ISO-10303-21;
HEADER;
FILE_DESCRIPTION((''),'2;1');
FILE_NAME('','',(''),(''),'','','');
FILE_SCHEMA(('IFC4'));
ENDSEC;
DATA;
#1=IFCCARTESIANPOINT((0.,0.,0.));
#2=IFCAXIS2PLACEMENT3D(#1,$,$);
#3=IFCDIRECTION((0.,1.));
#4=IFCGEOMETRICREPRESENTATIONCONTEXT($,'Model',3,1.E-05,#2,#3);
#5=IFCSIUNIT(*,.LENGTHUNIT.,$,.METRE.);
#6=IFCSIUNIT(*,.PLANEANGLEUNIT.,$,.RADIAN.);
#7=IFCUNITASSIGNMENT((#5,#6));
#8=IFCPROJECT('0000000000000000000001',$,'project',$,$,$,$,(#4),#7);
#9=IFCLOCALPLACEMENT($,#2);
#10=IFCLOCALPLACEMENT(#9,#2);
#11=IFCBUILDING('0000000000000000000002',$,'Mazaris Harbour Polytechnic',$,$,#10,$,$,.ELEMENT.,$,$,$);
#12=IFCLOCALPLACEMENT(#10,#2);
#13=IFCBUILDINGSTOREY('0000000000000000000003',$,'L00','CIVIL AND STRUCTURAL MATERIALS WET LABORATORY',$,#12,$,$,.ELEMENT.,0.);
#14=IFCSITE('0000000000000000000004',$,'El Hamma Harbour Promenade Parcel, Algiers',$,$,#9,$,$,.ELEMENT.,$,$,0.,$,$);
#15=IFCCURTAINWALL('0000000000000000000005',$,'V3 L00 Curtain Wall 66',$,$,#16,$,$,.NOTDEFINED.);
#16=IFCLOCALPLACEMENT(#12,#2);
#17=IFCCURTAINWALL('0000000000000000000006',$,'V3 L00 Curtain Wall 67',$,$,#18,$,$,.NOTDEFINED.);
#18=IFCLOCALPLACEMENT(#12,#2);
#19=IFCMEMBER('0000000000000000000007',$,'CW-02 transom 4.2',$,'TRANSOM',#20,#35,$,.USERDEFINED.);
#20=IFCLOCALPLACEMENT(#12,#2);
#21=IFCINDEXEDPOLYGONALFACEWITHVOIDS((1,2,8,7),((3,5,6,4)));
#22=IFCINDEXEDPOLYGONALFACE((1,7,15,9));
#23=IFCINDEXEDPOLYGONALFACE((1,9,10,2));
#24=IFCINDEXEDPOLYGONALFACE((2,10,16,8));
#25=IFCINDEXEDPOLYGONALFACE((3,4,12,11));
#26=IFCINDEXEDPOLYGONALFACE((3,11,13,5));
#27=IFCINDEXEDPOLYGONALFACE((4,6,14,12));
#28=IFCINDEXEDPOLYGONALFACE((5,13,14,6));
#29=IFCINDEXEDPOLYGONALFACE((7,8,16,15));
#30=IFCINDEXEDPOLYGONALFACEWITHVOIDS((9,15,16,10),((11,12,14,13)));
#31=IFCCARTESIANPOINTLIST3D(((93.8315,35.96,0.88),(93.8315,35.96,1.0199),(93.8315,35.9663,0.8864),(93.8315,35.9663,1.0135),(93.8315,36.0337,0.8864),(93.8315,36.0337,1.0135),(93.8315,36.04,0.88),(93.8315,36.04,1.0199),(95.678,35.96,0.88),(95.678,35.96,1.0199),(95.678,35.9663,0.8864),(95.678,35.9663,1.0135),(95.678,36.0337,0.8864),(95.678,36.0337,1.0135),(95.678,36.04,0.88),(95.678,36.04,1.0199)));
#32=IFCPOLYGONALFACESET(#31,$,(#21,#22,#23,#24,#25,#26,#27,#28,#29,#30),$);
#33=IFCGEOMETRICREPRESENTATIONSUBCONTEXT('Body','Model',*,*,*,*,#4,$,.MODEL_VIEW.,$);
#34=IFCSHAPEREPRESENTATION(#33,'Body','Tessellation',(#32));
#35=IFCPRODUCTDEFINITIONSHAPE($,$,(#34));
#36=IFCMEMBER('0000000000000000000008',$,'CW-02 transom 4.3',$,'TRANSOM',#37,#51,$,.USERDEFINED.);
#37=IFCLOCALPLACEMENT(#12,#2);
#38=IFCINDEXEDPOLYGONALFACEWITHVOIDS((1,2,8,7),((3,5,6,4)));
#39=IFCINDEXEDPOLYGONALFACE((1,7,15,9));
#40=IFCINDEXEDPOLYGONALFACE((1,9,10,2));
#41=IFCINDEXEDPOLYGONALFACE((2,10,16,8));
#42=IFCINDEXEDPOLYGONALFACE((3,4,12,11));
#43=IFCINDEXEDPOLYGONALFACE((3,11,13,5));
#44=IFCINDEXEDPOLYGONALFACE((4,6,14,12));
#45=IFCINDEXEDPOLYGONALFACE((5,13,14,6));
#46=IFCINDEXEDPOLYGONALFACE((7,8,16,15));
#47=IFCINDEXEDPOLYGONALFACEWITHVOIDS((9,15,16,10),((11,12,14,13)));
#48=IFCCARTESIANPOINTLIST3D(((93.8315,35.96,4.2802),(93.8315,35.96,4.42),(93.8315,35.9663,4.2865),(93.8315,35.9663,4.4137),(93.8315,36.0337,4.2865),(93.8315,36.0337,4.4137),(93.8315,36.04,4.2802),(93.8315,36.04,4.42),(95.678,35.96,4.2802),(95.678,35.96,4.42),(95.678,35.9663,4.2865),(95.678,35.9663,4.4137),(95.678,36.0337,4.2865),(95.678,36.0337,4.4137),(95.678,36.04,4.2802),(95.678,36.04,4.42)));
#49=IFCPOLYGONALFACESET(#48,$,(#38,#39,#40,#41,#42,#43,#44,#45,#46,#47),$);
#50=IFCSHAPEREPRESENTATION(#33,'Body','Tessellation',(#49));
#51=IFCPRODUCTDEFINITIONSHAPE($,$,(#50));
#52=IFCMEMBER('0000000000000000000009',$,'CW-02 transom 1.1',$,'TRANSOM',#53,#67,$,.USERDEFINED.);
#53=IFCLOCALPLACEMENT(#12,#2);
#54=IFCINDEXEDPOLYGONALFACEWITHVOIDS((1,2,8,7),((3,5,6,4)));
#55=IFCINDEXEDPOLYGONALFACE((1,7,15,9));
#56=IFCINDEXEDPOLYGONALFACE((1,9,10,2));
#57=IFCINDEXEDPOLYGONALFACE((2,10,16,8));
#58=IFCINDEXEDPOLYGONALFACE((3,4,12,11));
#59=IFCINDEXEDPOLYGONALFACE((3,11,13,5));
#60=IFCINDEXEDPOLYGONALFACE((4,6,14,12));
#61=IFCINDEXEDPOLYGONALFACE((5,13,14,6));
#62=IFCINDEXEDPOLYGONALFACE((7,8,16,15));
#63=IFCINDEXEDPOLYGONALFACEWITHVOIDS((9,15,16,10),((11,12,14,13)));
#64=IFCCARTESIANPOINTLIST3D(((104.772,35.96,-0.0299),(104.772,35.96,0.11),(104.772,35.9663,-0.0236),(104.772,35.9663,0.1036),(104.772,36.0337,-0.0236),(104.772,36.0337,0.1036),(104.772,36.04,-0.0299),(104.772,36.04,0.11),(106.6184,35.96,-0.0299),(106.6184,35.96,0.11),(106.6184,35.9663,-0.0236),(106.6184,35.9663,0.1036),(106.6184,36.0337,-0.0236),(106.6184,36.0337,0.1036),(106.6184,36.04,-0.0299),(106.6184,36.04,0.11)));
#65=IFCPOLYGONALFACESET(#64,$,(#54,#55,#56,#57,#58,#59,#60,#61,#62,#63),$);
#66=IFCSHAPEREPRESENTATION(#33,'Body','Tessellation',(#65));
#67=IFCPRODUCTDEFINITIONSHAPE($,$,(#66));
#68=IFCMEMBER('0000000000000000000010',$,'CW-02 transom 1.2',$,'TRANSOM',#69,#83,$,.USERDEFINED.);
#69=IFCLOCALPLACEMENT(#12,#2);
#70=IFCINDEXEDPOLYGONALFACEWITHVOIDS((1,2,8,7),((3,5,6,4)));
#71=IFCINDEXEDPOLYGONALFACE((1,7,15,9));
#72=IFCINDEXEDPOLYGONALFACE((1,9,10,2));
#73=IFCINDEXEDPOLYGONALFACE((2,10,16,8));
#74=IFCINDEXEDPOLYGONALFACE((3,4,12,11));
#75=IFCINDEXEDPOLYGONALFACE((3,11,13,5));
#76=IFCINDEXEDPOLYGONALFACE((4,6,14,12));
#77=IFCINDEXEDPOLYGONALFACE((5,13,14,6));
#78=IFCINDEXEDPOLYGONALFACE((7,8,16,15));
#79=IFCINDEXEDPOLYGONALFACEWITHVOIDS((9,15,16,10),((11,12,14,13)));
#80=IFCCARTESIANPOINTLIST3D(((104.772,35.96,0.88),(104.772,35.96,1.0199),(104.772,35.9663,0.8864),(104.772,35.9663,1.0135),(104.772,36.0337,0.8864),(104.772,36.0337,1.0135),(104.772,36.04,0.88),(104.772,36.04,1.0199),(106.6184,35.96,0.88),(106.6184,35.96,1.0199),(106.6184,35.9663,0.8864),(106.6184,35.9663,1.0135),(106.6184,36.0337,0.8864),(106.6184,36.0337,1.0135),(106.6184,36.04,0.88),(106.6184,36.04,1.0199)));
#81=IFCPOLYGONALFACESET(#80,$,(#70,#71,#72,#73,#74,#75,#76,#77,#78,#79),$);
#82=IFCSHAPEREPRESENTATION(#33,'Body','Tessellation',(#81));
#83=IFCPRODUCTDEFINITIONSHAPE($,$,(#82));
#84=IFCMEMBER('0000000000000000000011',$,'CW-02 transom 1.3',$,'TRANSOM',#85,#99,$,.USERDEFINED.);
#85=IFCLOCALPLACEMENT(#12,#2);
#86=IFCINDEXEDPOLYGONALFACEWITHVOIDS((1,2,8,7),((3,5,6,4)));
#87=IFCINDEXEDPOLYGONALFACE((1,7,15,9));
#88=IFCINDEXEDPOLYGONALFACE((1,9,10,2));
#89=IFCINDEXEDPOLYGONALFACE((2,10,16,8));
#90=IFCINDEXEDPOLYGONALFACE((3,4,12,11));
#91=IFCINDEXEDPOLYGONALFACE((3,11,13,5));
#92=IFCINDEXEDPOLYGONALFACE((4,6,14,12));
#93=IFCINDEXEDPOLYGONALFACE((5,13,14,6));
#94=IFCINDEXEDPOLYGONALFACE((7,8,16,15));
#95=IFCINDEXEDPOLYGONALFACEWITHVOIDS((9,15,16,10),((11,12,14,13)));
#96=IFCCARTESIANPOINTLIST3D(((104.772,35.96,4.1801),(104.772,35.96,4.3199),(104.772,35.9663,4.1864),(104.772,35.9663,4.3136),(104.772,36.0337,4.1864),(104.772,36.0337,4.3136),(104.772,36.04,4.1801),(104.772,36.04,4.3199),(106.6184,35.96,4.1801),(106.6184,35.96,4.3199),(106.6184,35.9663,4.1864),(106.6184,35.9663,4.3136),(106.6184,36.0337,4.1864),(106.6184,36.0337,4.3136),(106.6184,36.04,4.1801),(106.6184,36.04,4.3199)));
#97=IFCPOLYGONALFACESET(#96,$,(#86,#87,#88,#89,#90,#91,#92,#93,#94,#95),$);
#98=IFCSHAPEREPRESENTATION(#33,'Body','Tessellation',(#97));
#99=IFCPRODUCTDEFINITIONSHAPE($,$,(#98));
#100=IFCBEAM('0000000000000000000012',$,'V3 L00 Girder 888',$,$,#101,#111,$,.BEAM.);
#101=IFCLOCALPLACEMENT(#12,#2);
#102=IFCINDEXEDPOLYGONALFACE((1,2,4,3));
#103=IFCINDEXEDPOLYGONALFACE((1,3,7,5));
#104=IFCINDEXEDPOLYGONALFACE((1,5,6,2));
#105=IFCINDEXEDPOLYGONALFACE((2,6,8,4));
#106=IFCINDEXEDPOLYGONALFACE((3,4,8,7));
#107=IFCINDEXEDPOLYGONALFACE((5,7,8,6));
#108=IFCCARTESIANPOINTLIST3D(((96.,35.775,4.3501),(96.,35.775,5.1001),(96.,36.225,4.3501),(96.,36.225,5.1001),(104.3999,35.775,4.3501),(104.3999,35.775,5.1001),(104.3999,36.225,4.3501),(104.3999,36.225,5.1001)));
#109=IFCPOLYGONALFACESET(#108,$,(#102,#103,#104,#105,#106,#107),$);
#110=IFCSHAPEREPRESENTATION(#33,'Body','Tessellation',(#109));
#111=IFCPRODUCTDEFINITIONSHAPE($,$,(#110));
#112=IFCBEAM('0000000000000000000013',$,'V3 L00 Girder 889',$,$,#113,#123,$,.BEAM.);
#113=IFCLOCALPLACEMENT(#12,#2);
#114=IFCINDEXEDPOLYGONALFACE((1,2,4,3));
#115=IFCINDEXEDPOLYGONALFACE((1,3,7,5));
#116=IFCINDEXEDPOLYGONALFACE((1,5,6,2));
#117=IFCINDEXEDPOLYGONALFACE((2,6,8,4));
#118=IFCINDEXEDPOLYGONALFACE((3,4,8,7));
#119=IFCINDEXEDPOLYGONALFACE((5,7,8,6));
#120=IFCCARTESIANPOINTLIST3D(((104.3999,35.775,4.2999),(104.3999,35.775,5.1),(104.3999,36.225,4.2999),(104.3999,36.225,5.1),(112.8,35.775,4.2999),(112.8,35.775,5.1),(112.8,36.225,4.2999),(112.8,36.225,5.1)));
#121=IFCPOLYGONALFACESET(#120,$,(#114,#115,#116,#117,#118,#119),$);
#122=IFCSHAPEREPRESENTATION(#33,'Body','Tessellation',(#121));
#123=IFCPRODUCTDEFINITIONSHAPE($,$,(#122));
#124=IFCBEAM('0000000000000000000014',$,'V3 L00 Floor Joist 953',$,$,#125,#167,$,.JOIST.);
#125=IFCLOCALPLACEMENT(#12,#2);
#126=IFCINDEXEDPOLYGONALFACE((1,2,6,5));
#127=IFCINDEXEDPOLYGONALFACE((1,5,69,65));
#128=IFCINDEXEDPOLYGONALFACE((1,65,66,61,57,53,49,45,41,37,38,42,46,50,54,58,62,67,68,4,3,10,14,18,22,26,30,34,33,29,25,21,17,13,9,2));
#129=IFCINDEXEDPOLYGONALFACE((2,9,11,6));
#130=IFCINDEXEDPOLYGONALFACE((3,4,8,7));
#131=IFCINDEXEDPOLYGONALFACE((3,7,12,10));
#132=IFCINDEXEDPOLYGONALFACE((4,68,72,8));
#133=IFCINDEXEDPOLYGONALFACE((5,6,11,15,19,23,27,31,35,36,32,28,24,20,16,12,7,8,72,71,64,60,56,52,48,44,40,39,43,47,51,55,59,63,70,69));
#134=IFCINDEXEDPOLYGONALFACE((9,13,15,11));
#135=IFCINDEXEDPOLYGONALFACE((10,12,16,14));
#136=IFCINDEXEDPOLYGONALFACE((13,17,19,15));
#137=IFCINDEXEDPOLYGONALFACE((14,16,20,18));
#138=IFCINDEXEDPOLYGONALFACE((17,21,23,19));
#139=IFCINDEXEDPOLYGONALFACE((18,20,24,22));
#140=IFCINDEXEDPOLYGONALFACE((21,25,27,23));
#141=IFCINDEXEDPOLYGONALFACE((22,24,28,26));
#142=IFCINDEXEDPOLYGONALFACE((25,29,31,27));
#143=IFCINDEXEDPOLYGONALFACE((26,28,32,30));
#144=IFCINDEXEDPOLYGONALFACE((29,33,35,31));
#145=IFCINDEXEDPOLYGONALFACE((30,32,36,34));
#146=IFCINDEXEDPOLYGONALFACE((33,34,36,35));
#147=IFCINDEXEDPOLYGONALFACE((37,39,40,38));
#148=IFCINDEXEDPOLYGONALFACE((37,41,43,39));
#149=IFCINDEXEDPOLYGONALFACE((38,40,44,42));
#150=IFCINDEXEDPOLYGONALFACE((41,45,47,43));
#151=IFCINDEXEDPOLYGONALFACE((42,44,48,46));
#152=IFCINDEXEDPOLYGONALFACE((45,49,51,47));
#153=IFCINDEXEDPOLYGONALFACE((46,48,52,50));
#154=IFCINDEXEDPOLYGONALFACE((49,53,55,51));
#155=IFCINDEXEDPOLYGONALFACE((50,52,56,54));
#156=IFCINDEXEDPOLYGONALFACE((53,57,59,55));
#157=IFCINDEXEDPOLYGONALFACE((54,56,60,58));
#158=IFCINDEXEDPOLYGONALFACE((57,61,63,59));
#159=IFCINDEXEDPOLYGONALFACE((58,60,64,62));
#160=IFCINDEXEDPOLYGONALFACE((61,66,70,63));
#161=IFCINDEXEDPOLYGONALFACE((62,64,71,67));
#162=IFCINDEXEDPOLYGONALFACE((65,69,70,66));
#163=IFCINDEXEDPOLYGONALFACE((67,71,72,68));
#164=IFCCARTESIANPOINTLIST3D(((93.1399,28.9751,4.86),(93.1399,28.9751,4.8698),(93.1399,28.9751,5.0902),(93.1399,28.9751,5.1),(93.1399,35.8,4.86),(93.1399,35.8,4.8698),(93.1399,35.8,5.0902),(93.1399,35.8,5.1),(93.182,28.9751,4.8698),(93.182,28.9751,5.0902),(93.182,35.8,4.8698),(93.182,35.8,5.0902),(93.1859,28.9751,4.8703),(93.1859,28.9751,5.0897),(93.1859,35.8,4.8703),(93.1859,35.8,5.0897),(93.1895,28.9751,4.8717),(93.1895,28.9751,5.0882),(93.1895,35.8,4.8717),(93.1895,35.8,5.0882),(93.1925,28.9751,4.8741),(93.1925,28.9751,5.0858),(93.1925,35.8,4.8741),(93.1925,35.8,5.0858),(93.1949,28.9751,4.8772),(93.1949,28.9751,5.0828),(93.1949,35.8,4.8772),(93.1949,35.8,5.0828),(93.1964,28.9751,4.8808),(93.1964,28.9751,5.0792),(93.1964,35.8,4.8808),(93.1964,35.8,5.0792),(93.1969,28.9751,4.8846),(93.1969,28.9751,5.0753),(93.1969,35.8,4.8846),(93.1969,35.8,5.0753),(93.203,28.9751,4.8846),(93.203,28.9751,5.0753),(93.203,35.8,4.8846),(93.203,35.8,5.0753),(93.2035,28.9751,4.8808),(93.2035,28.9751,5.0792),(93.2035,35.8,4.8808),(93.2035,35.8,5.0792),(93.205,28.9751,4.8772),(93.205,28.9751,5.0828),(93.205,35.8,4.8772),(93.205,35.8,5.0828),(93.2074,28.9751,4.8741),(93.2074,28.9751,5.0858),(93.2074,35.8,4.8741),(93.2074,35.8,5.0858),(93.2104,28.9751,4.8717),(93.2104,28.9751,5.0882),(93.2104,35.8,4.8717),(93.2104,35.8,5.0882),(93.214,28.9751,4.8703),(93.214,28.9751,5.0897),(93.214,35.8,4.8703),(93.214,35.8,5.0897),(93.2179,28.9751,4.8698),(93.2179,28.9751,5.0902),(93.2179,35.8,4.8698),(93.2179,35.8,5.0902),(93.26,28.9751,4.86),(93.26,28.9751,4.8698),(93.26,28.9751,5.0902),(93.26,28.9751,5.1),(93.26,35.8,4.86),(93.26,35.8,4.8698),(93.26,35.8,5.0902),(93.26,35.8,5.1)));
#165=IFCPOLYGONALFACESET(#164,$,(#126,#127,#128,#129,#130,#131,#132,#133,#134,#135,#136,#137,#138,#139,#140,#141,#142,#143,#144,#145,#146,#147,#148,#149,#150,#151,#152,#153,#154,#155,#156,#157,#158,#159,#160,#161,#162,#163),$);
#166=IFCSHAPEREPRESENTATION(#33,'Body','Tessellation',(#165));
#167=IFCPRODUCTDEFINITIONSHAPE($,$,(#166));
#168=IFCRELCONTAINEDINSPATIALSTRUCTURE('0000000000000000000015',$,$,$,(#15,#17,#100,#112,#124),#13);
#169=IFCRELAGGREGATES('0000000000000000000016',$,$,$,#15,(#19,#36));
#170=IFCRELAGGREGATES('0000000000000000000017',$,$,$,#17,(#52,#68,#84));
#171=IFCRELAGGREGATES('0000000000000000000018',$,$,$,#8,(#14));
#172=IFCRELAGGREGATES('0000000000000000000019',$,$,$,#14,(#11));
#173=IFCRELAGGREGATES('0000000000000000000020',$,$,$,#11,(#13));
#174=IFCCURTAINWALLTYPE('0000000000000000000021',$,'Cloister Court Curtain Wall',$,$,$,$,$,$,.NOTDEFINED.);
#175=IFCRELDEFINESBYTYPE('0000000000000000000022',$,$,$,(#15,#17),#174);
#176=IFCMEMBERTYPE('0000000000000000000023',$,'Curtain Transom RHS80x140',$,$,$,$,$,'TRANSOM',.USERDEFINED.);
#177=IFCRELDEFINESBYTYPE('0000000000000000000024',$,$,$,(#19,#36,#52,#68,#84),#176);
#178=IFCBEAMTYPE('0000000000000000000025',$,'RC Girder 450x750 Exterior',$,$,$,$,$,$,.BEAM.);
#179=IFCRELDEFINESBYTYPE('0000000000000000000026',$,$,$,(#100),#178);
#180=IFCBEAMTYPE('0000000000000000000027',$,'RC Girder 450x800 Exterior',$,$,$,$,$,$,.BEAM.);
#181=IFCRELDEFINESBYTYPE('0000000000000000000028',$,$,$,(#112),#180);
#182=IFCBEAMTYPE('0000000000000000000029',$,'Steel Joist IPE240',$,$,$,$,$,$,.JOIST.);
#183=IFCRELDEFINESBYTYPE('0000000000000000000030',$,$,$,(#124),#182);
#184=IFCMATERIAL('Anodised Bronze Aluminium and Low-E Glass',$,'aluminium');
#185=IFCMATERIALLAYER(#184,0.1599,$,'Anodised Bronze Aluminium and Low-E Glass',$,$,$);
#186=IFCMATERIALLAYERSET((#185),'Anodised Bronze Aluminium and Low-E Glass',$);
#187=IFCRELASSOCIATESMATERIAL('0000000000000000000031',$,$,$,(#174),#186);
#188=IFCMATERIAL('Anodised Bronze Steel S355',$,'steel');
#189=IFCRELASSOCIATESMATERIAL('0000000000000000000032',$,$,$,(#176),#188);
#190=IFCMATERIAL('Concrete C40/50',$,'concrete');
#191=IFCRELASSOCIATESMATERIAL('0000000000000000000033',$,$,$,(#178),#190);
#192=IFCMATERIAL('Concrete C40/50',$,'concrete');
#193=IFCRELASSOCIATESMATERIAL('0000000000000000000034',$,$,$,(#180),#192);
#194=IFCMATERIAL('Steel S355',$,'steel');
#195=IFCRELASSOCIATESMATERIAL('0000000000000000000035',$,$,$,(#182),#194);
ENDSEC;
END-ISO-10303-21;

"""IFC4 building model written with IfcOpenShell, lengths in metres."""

from ifc_helpers import new_model, si_unit, direction, frame, origin, origin_2d, place, context, subcontext, project, spatial, rectangle, hollow_rectangle, i_section, extrude, material, layer, layer_set, material_profile, profile_set, type_object, element, aggregate, save


model = new_model("IFC4")

# Units and contexts
model_context = context("Model", 3, precision=1e-05, world=origin(), true_north=direction((0.0, 1.0)))
body_context = subcontext(model_context, "Body", "Model", "MODEL_VIEW")
ifc_project = project(units=[si_unit("LENGTHUNIT", "METRE"), si_unit("PLANEANGLEUNIT", "RADIAN")], contexts=[model_context])

# Site, building, storey
site_placement = place(None, origin())
site = spatial("IfcSite", under=ifc_project, at=site_placement, Name="El Hamma Harbour Promenade Parcel, Algiers", CompositionType="ELEMENT", RefElevation=0.0)
building_placement = place(site_placement, origin())
building = spatial("IfcBuilding", under=site, at=building_placement, Name="Mazaris Harbour Polytechnic", CompositionType="ELEMENT")
storey_placement = place(building_placement, origin())
storey = spatial("IfcBuildingStorey", under=building, at=storey_placement, Name="L00", Description="CIVIL AND STRUCTURAL MATERIALS WET LABORATORY", CompositionType="ELEMENT", Elevation=0.0)

# Curtain walls
ifc_material_1 = material(Name="Anodised Bronze Aluminium and Low-E Glass", Category="aluminium")
ifc_layer_1 = layer(ifc_material_1, 0.1599, Name="Anodised Bronze Aluminium and Low-E Glass")
ifc_layer_set_1 = layer_set([ifc_layer_1], Name="Anodised Bronze Aluminium and Low-E Glass")
curtain_wall_type = type_object("IfcCurtainWallType", Name="Cloister Court Curtain Wall", PredefinedType="NOTDEFINED", material=ifc_layer_set_1)
curtain_wall_1_placement = place(storey_placement, origin())
curtain_wall_1 = element("IfcCurtainWall", 1, at=curtain_wall_1_placement, inside=storey, type_object=curtain_wall_type, Name="V3 L00 Curtain Wall 66", PredefinedType="NOTDEFINED")
curtain_wall_2_placement = place(storey_placement, origin())
curtain_wall_2 = element("IfcCurtainWall", 2, at=curtain_wall_2_placement, inside=storey, type_object=curtain_wall_type, Name="V3 L00 Curtain Wall 67", PredefinedType="NOTDEFINED")

# Members
ifc_material_2 = material(Name="Anodised Bronze Steel S355", Category="steel")
ifc_material_profile_1 = material_profile(ifc_material_2, hollow_rectangle(XDim=0.0801, YDim=0.1399, WallThickness=0.0063, at=origin_2d()), Name="RHS 80x140x6.3")
ifc_profile_set_1 = profile_set([ifc_material_profile_1], Name="Anodised Bronze Steel S355")
member_type_1 = type_object("IfcMemberType", Name="Curtain Transom RHS80x140", ElementType="TRANSOM", PredefinedType="USERDEFINED", material=ifc_profile_set_1)
member_1_placement = place(storey_placement, frame((93.8315, 36.0, 0.95), z_axis=(1.0, 0.0, 0.0), x_axis=(0.0, 1.0, 0.0)))
member_1 = element("IfcMember", 3, at=member_1_placement, type_object=member_type_1, Name="CW-02 transom 4.2", ObjectType="TRANSOM", PredefinedType="USERDEFINED", context=body_context, shape_type="SweptSolid", body=[
    extrude(hollow_rectangle(XDim=0.0801, YDim=0.1399, WallThickness=0.0063, at=origin_2d()), origin(), (0.0, 0.0, 1.0), 1.8464),
])
member_2_placement = place(storey_placement, frame((93.8315, 36.0, 4.3501), z_axis=(1.0, 0.0, 0.0), x_axis=(0.0, 1.0, 0.0)))
member_2 = element("IfcMember", 4, at=member_2_placement, type_object=member_type_1, Name="CW-02 transom 4.3", ObjectType="TRANSOM", PredefinedType="USERDEFINED", context=body_context, shape_type="SweptSolid", body=[
    extrude(hollow_rectangle(XDim=0.0801, YDim=0.1399, WallThickness=0.0063, at=origin_2d()), origin(), (0.0, 0.0, 1.0), 1.8464),
])
member_3_placement = place(storey_placement, frame((104.772, 36.0, 0.04), z_axis=(1.0, 0.0, 0.0), x_axis=(0.0, 1.0, 0.0)))
member_3 = element("IfcMember", 5, at=member_3_placement, type_object=member_type_1, Name="CW-02 transom 1.1", ObjectType="TRANSOM", PredefinedType="USERDEFINED", context=body_context, shape_type="SweptSolid", body=[
    extrude(hollow_rectangle(XDim=0.0801, YDim=0.1399, WallThickness=0.0063, at=origin_2d()), origin(), (0.0, 0.0, 1.0), 1.8464),
])
member_4_placement = place(storey_placement, frame((104.772, 36.0, 0.95), z_axis=(1.0, 0.0, 0.0), x_axis=(0.0, 1.0, 0.0)))
member_4 = element("IfcMember", 6, at=member_4_placement, type_object=member_type_1, Name="CW-02 transom 1.2", ObjectType="TRANSOM", PredefinedType="USERDEFINED", context=body_context, shape_type="SweptSolid", body=[
    extrude(hollow_rectangle(XDim=0.0801, YDim=0.1399, WallThickness=0.0063, at=origin_2d()), origin(), (0.0, 0.0, 1.0), 1.8464),
])
member_5_placement = place(storey_placement, frame((104.772, 36.0, 4.25), z_axis=(1.0, 0.0, 0.0), x_axis=(0.0, 1.0, 0.0)))
member_5 = element("IfcMember", 7, at=member_5_placement, type_object=member_type_1, Name="CW-02 transom 1.3", ObjectType="TRANSOM", PredefinedType="USERDEFINED", context=body_context, shape_type="SweptSolid", body=[
    extrude(hollow_rectangle(XDim=0.0801, YDim=0.1399, WallThickness=0.0063, at=origin_2d()), origin(), (0.0, 0.0, 1.0), 1.8464),
])

# Beams
ifc_material_3 = material(Name="Concrete C40/50", Category="concrete")
ifc_material_profile_2 = material_profile(ifc_material_3, rectangle(XDim=0.45, YDim=0.75, at=origin_2d()), Name="RECT450x750")
ifc_profile_set_2 = profile_set([ifc_material_profile_2], Name="Concrete C40/50")
beam_type_1 = type_object("IfcBeamType", Name="RC Girder 450x750 Exterior", PredefinedType="BEAM", material=ifc_profile_set_2)
beam_1_placement = place(storey_placement, frame((96.0, 36.0, 4.7251), z_axis=(1.0, 0.0, 0.0), x_axis=(0.0, 1.0, 0.0)))
element("IfcBeam", 8, at=beam_1_placement, inside=storey, type_object=beam_type_1, Name="V3 L00 Girder 888", PredefinedType="BEAM", context=body_context, shape_type="SweptSolid", body=[
    extrude(rectangle(XDim=0.45, YDim=0.75, at=origin_2d()), origin(), (0.0, 0.0, 1.0), 8.3999),
])
ifc_material_4 = material(Name="Concrete C40/50", Category="concrete")
ifc_material_profile_3 = material_profile(ifc_material_4, rectangle(XDim=0.45, YDim=0.8, at=origin_2d()), Name="RECT450x800")
ifc_profile_set_3 = profile_set([ifc_material_profile_3], Name="Concrete C40/50")
beam_type_2 = type_object("IfcBeamType", Name="RC Girder 450x800 Exterior", PredefinedType="BEAM", material=ifc_profile_set_3)
beam_2_placement = place(storey_placement, frame((104.3999, 36.0, 4.7), z_axis=(1.0, 0.0, 0.0), x_axis=(0.0, 1.0, 0.0)))
element("IfcBeam", 9, at=beam_2_placement, inside=storey, type_object=beam_type_2, Name="V3 L00 Girder 889", PredefinedType="BEAM", context=body_context, shape_type="SweptSolid", body=[
    extrude(rectangle(XDim=0.45, YDim=0.8, at=origin_2d()), origin(), (0.0, 0.0, 1.0), 8.4001),
])
ifc_material_5 = material(Name="Steel S355", Category="steel")
ifc_material_profile_4 = material_profile(ifc_material_5, i_section(OverallWidth=0.1201, OverallDepth=0.24, WebThickness=0.0061, FlangeThickness=0.0098, FilletRadius=0.0149, at=origin_2d()), Name="IPE 240")
ifc_profile_set_4 = profile_set([ifc_material_profile_4], Name="Steel S355")
beam_type_3 = type_object("IfcBeamType", Name="Steel Joist IPE240", PredefinedType="JOIST", material=ifc_profile_set_4)
beam_3_placement = place(storey_placement, frame((93.2, 28.9751, 4.98), z_axis=(0.0, 1.0, 0.0), x_axis=(-1.0, 0.0, 0.0)))
element("IfcBeam", 10, at=beam_3_placement, inside=storey, type_object=beam_type_3, Name="V3 L00 Floor Joist 953", PredefinedType="JOIST", context=body_context, shape_type="SweptSolid", body=[
    extrude(i_section(OverallWidth=0.1201, OverallDepth=0.24, WebThickness=0.0061, FlangeThickness=0.0098, FilletRadius=0.0149, at=origin_2d()), origin(), (0.0, 0.0, 1.0), 6.825),
])

aggregate(curtain_wall_1, [member_1, member_2])
aggregate(curtain_wall_2, [member_3, member_4, member_5])

save(model, "model.ifc")
